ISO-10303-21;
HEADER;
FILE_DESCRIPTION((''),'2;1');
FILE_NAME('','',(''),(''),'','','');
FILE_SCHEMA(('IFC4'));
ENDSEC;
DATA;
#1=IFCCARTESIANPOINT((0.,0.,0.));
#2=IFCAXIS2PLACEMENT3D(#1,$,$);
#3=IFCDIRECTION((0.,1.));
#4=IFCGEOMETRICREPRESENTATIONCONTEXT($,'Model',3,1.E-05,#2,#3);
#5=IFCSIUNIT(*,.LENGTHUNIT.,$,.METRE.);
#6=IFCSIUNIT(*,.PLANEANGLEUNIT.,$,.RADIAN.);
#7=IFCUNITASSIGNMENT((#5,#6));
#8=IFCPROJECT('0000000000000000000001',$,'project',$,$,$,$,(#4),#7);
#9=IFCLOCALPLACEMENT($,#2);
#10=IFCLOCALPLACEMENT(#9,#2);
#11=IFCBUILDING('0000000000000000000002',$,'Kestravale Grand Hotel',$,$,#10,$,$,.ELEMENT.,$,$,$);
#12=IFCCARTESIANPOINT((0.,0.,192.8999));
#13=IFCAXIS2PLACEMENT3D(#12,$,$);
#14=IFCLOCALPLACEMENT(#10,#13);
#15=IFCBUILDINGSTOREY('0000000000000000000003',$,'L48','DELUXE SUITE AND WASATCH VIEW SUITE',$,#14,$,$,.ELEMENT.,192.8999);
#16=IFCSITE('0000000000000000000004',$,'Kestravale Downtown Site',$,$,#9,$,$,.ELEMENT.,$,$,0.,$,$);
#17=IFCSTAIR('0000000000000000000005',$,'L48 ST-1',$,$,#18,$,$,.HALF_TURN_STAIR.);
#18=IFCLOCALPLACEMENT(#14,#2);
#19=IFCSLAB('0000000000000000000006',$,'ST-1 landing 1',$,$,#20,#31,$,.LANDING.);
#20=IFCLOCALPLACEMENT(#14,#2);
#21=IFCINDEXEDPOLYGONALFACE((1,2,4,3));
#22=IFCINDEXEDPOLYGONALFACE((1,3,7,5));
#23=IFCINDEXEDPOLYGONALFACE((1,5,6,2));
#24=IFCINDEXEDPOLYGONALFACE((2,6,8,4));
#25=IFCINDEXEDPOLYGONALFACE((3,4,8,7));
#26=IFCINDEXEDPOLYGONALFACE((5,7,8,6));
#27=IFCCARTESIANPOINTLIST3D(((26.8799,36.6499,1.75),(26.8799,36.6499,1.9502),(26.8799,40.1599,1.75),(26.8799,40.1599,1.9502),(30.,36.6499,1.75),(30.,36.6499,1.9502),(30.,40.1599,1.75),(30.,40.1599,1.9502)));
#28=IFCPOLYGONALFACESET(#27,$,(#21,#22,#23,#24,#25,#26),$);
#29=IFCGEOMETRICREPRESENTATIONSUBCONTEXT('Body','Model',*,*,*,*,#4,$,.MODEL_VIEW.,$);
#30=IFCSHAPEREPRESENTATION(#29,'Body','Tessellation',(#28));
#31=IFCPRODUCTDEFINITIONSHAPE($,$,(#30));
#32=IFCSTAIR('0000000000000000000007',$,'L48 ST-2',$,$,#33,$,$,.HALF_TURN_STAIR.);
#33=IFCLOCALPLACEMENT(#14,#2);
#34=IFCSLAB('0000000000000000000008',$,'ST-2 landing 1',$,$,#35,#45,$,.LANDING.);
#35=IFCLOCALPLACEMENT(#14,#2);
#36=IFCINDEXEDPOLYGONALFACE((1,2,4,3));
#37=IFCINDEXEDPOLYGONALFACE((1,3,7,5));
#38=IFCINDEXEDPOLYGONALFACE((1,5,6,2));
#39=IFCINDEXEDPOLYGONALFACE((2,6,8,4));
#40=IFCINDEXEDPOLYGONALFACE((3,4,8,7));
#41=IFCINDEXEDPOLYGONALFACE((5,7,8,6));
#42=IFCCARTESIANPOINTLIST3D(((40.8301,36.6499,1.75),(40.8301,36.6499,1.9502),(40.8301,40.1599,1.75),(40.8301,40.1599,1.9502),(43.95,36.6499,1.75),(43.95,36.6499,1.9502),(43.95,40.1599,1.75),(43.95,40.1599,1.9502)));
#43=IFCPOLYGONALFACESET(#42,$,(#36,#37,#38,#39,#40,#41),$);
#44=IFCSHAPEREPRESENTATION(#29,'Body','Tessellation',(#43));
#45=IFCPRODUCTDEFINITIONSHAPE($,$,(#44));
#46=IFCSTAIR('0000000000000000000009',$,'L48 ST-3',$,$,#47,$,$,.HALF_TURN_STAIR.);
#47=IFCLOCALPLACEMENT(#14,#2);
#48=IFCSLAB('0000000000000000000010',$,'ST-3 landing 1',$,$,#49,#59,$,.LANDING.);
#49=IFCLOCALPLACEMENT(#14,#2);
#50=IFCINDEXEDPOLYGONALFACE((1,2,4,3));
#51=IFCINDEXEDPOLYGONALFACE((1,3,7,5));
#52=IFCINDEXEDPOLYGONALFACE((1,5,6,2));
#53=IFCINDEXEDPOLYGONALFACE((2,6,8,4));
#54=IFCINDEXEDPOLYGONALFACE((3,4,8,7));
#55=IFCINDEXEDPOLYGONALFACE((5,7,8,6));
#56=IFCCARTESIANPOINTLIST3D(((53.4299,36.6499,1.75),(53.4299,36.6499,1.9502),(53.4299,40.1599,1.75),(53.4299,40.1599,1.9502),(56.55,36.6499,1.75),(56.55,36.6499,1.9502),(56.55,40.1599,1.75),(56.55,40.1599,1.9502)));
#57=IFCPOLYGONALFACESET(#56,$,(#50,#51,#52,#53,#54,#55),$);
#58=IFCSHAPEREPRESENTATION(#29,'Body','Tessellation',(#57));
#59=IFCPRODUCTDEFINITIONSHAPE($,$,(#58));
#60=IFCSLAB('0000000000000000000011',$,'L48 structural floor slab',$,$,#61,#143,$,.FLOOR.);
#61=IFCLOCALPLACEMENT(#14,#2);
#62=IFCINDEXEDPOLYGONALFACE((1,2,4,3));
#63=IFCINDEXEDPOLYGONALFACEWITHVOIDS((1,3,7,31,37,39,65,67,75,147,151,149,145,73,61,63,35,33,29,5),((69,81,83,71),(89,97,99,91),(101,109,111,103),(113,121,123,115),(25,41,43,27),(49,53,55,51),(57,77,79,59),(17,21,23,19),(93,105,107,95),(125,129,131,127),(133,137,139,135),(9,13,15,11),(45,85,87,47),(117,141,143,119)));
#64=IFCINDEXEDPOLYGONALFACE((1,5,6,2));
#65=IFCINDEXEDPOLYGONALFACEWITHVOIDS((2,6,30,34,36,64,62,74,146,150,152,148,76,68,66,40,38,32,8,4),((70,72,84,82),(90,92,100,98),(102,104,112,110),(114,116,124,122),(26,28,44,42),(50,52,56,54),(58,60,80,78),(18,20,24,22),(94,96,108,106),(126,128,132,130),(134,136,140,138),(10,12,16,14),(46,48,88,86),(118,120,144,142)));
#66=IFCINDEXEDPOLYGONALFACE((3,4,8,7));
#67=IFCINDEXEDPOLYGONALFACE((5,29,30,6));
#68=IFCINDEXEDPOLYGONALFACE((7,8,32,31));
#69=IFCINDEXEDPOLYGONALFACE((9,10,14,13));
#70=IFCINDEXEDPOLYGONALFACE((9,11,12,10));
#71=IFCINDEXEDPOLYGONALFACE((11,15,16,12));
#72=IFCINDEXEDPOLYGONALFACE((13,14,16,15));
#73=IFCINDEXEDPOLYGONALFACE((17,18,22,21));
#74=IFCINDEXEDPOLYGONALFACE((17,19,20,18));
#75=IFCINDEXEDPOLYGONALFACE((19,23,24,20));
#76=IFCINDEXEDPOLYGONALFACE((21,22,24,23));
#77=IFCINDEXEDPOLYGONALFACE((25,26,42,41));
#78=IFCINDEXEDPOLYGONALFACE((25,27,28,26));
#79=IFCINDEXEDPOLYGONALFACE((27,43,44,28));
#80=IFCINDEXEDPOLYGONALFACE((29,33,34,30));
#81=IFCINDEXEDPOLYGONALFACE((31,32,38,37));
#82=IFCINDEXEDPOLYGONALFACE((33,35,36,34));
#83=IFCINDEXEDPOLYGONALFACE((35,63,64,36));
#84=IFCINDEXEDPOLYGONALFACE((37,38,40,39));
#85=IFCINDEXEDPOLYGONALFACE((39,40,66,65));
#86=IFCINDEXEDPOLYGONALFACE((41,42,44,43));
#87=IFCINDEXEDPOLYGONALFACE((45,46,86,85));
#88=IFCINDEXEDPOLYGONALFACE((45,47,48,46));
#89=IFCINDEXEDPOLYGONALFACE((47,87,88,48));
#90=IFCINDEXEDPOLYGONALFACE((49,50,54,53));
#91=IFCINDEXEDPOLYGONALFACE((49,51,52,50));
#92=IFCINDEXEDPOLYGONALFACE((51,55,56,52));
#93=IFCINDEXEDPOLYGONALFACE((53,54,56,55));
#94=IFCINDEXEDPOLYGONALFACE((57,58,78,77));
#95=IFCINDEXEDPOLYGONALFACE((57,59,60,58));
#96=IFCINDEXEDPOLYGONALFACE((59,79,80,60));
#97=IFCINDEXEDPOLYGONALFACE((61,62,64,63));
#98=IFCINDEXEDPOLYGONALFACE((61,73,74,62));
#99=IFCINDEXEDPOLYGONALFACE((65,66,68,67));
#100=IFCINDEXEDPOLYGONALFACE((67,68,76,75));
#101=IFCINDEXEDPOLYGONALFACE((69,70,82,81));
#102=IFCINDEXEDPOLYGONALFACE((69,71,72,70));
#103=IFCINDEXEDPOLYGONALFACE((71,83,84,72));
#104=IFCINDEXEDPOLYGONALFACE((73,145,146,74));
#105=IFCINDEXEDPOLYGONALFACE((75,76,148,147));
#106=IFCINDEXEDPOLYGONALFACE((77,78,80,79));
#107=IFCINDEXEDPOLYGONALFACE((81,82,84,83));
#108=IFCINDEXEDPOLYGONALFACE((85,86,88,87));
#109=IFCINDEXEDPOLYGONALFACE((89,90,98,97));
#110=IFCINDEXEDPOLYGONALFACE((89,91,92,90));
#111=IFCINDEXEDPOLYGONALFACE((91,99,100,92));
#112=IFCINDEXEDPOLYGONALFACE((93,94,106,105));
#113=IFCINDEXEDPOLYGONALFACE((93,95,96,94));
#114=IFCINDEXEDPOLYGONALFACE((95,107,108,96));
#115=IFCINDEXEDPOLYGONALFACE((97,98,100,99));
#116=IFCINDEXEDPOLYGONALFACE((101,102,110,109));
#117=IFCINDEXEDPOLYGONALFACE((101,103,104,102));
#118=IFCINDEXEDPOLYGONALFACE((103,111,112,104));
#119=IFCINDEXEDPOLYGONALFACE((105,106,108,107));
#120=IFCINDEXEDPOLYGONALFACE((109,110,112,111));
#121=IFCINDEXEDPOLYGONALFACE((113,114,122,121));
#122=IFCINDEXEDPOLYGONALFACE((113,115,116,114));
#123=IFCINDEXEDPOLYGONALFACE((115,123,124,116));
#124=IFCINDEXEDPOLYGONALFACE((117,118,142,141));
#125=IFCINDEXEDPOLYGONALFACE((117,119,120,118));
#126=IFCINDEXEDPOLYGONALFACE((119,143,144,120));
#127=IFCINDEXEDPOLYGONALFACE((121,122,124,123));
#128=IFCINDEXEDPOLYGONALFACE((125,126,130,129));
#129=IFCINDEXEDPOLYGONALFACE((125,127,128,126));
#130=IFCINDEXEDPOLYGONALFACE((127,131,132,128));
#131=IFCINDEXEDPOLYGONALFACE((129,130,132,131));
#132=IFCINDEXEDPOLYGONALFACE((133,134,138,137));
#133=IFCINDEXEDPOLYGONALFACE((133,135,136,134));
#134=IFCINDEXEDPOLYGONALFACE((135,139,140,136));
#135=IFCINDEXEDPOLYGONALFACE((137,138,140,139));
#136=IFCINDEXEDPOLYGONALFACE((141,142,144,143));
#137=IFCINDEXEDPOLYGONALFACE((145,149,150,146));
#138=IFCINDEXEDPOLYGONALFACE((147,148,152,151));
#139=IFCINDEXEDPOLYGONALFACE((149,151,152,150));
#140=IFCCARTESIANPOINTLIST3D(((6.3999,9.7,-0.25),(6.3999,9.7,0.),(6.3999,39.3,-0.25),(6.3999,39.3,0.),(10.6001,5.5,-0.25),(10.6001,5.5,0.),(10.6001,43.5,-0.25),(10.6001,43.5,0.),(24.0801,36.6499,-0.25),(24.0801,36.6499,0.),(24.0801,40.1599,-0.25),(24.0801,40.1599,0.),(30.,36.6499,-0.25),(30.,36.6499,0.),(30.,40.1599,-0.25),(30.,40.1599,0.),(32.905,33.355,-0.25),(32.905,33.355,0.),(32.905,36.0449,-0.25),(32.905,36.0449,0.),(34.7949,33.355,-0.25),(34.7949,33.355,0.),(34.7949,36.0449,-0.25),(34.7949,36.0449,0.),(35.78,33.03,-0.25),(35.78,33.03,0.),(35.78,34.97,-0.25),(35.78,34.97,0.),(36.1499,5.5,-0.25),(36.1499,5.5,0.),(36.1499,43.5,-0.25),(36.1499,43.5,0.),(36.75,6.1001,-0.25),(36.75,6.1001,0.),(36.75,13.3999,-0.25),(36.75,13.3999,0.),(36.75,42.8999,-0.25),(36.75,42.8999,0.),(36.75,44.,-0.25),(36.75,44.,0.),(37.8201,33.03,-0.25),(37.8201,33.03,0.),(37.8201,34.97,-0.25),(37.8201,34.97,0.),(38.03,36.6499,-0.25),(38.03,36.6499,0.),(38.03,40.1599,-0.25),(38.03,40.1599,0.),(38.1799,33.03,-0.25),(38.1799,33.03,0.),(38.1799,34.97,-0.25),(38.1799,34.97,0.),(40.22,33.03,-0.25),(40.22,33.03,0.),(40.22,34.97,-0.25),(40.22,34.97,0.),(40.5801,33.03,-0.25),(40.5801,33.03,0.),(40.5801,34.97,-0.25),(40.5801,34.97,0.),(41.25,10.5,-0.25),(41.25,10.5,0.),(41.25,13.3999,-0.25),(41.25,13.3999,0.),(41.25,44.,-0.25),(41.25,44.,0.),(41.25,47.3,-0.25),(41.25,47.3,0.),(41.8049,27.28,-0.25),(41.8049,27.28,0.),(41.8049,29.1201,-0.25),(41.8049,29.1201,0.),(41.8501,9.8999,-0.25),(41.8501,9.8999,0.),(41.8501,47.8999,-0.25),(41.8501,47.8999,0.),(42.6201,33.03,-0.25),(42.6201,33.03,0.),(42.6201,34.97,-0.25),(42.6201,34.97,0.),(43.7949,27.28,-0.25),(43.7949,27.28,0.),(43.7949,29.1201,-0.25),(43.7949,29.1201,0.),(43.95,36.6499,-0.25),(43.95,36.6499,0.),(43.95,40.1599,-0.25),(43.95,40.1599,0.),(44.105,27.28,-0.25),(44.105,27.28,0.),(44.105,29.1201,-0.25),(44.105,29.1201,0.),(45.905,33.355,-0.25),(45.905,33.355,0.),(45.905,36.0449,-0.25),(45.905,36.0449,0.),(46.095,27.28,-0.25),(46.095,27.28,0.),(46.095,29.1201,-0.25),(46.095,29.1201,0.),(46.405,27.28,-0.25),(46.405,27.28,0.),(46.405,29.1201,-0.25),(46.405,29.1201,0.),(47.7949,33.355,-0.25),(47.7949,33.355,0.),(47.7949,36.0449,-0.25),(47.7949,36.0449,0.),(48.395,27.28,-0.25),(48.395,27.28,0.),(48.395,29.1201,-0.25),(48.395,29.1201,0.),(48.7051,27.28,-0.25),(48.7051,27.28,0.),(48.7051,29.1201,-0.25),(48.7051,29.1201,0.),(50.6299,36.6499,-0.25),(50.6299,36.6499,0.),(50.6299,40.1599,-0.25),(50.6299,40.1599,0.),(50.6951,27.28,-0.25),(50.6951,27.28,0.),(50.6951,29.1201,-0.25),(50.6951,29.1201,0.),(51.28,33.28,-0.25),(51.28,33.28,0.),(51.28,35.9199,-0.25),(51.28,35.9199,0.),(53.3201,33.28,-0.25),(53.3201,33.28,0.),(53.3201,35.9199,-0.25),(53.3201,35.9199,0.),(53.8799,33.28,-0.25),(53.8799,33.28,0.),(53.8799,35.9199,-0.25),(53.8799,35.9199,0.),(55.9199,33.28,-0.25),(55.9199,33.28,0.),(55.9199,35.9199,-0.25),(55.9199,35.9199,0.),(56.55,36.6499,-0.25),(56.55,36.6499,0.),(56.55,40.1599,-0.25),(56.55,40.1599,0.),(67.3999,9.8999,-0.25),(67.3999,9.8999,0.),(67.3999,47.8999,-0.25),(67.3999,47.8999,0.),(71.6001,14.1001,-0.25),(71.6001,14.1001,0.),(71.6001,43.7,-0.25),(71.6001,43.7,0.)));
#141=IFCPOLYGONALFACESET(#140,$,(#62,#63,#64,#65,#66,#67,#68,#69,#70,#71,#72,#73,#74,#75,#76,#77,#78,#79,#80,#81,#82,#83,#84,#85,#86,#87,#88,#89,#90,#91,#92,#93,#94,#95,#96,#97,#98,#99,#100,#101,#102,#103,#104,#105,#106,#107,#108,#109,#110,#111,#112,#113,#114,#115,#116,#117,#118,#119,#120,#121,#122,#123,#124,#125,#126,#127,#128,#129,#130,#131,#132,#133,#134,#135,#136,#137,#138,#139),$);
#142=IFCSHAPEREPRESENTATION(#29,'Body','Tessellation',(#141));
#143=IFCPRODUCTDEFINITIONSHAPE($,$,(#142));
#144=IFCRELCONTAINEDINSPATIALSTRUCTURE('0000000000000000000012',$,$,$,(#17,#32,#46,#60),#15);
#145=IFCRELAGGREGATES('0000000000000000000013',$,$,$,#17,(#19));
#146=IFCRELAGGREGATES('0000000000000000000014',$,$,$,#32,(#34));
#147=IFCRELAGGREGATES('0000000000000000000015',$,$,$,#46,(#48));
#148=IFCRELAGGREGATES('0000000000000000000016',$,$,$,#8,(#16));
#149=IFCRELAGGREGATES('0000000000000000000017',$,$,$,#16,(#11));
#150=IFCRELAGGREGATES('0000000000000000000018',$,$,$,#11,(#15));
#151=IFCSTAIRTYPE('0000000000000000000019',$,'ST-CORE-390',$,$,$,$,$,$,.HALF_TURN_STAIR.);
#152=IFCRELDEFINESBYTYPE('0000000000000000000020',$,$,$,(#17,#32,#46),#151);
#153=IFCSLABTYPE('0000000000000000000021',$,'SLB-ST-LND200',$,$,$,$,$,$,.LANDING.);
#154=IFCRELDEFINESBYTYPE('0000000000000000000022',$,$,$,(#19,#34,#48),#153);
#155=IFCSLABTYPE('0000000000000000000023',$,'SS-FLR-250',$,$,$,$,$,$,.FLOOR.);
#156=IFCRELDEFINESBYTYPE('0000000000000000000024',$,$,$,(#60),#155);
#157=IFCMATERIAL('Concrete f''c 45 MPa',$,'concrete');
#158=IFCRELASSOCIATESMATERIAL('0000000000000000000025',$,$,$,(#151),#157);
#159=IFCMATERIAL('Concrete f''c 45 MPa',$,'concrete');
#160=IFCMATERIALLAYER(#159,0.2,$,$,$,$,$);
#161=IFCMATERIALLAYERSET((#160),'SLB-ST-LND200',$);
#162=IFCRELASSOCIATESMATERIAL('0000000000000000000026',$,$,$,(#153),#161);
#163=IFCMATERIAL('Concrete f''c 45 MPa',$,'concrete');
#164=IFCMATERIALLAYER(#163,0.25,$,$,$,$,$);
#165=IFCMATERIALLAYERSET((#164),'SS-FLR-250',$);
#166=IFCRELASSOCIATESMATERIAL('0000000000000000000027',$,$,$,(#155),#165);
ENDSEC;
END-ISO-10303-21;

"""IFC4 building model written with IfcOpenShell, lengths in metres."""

from ifc_helpers import new_model, si_unit, direction, frame, origin, place, context, subcontext, project, spatial, polyline, outline, extrude, material, layer, layer_set, type_object, element, aggregate, save


model = new_model("IFC4")

# Units and contexts
model_context = context("Model", 3, precision=1e-05, world=origin(), true_north=direction((0.0, 1.0)))
body_context = subcontext(model_context, "Body", "Model", "MODEL_VIEW")
ifc_project = project(units=[si_unit("LENGTHUNIT", "METRE"), si_unit("PLANEANGLEUNIT", "RADIAN")], contexts=[model_context])

# Site, building, storey
site_placement = place(None, origin())
site = spatial("IfcSite", under=ifc_project, at=site_placement, Name="Kestravale Downtown Site", CompositionType="ELEMENT", RefElevation=0.0)
building_placement = place(site_placement, origin())
building = spatial("IfcBuilding", under=site, at=building_placement, Name="Kestravale Grand Hotel", CompositionType="ELEMENT")
storey_placement = place(building_placement, frame((0.0, 0.0, 192.8999)))
storey = spatial("IfcBuildingStorey", under=building, at=storey_placement, Name="L48", Description="DELUXE SUITE AND WASATCH VIEW SUITE", CompositionType="ELEMENT", Elevation=192.8999)

# Stairs, slabs
ifc_material_1 = material(Name="Concrete f'c 45 MPa", Category="concrete")
stair_type = type_object("IfcStairType", Name="ST-CORE-390", PredefinedType="HALF_TURN_STAIR", material=ifc_material_1)
stair_1_placement = place(storey_placement, origin())
stair_1 = element("IfcStair", 1, at=stair_1_placement, inside=storey, type_object=stair_type, Name="L48 ST-1", PredefinedType="HALF_TURN_STAIR")
ifc_material_2 = material(Name="Concrete f'c 45 MPa", Category="concrete")
ifc_layer_1 = layer(ifc_material_2, 0.2)
ifc_layer_set_1 = layer_set([ifc_layer_1], Name="SLB-ST-LND200")
slab_type_1 = type_object("IfcSlabType", Name="SLB-ST-LND200", PredefinedType="LANDING", material=ifc_layer_set_1)
slab_1_placement = place(storey_placement, frame((0.0, 0.0, 1.75)))
slab_1 = element("IfcSlab", 2, at=slab_1_placement, type_object=slab_type_1, Name="ST-1 landing 1", PredefinedType="LANDING", context=body_context, shape_type="SweptSolid", body=[
    extrude(outline(polyline([(26.8799, 36.6499), (30.0, 36.6499), (30.0, 40.1599), (26.8799, 40.1599), (26.8799, 36.6499)])), origin(), (0.0, 0.0, 1.0), 0.2002),
])
aggregate(stair_1, [slab_1])
stair_2_placement = place(storey_placement, origin())
stair_2 = element("IfcStair", 3, at=stair_2_placement, inside=storey, type_object=stair_type, Name="L48 ST-2", PredefinedType="HALF_TURN_STAIR")
slab_2_placement = place(storey_placement, frame((0.0, 0.0, 1.75)))
slab_2 = element("IfcSlab", 4, at=slab_2_placement, type_object=slab_type_1, Name="ST-2 landing 1", PredefinedType="LANDING", context=body_context, shape_type="SweptSolid", body=[
    extrude(outline(polyline([(40.8301, 36.6499), (43.95, 36.6499), (43.95, 40.1599), (40.8301, 40.1599), (40.8301, 36.6499)])), origin(), (0.0, 0.0, 1.0), 0.2002),
])
aggregate(stair_2, [slab_2])
stair_3_placement = place(storey_placement, origin())
stair_3 = element("IfcStair", 5, at=stair_3_placement, inside=storey, type_object=stair_type, Name="L48 ST-3", PredefinedType="HALF_TURN_STAIR")
slab_3_placement = place(storey_placement, frame((0.0, 0.0, 1.75)))
slab_3 = element("IfcSlab", 6, at=slab_3_placement, type_object=slab_type_1, Name="ST-3 landing 1", PredefinedType="LANDING", context=body_context, shape_type="SweptSolid", body=[
    extrude(outline(polyline([(53.4299, 36.6499), (56.55, 36.6499), (56.55, 40.1599), (53.4299, 40.1599), (53.4299, 36.6499)])), origin(), (0.0, 0.0, 1.0), 0.2002),
])
aggregate(stair_3, [slab_3])

# Slab
ifc_material_3 = material(Name="Concrete f'c 45 MPa", Category="concrete")
ifc_layer_2 = layer(ifc_material_3, 0.25)
ifc_layer_set_2 = layer_set([ifc_layer_2], Name="SS-FLR-250")
slab_type_2 = type_object("IfcSlabType", Name="SS-FLR-250", PredefinedType="FLOOR", material=ifc_layer_set_2)
slab_4_placement = place(storey_placement, frame((0.0, 0.0, -0.25)))
element("IfcSlab", 7, at=slab_4_placement, inside=storey, type_object=slab_type_2, Name="L48 structural floor slab", PredefinedType="FLOOR", context=body_context, shape_type="SweptSolid", body=[
    extrude(outline(polyline([(10.6001, 5.5), (36.1499, 5.5), (36.75, 6.1001), (36.75, 13.3999), (41.25, 13.3999), (41.25, 10.5), (41.8501, 9.8999), (67.3999, 9.8999), (71.6001, 14.1001), (71.6001, 43.7), (67.3999, 47.8999), (41.8501, 47.8999), (41.25, 47.3), (41.25, 44.0), (36.75, 44.0), (36.75, 42.8999), (36.1499, 43.5), (10.6001, 43.5), (6.3999, 39.3), (6.3999, 9.7), (10.6001, 5.5)]), holes=[polyline([(24.0801, 36.6499), (30.0, 36.6499), (30.0, 40.1599), (24.0801, 40.1599), (24.0801, 36.6499)]), polyline([(38.03, 36.6499), (43.95, 36.6499), (43.95, 40.1599), (38.03, 40.1599), (38.03, 36.6499)]), polyline([(50.6299, 36.6499), (56.55, 36.6499), (56.55, 40.1599), (50.6299, 40.1599), (50.6299, 36.6499)]), polyline([(41.8049, 27.28), (43.7949, 27.28), (43.7949, 29.1201), (41.8049, 29.1201), (41.8049, 27.28)]), polyline([(44.105, 27.28), (46.095, 27.28), (46.095, 29.1201), (44.105, 29.1201), (44.105, 27.28)]), polyline([(46.405, 27.28), (48.395, 27.28), (48.395, 29.1201), (46.405, 29.1201), (46.405, 27.28)]), polyline([(48.7051, 27.28), (50.6951, 27.28), (50.6951, 29.1201), (48.7051, 29.1201), (48.7051, 27.28)]), polyline([(35.78, 33.03), (37.8201, 33.03), (37.8201, 34.97), (35.78, 34.97), (35.78, 33.03)]), polyline([(38.1799, 33.03), (40.22, 33.03), (40.22, 34.97), (38.1799, 34.97), (38.1799, 33.03)]), polyline([(40.5801, 33.03), (42.6201, 33.03), (42.6201, 34.97), (40.5801, 34.97), (40.5801, 33.03)]), polyline([(32.905, 33.355), (34.7949, 33.355), (34.7949, 36.0449), (32.905, 36.0449), (32.905, 33.355)]), polyline([(45.905, 33.355), (47.7949, 33.355), (47.7949, 36.0449), (45.905, 36.0449), (45.905, 33.355)]), polyline([(51.28, 33.28), (53.3201, 33.28), (53.3201, 35.9199), (51.28, 35.9199), (51.28, 33.28)]), polyline([(53.8799, 33.28), (55.9199, 33.28), (55.9199, 35.9199), (53.8799, 35.9199), (53.8799, 33.28)])]), origin(), (0.0, 0.0, 1.0), 0.25),
])

save(model, "model.ifc")
